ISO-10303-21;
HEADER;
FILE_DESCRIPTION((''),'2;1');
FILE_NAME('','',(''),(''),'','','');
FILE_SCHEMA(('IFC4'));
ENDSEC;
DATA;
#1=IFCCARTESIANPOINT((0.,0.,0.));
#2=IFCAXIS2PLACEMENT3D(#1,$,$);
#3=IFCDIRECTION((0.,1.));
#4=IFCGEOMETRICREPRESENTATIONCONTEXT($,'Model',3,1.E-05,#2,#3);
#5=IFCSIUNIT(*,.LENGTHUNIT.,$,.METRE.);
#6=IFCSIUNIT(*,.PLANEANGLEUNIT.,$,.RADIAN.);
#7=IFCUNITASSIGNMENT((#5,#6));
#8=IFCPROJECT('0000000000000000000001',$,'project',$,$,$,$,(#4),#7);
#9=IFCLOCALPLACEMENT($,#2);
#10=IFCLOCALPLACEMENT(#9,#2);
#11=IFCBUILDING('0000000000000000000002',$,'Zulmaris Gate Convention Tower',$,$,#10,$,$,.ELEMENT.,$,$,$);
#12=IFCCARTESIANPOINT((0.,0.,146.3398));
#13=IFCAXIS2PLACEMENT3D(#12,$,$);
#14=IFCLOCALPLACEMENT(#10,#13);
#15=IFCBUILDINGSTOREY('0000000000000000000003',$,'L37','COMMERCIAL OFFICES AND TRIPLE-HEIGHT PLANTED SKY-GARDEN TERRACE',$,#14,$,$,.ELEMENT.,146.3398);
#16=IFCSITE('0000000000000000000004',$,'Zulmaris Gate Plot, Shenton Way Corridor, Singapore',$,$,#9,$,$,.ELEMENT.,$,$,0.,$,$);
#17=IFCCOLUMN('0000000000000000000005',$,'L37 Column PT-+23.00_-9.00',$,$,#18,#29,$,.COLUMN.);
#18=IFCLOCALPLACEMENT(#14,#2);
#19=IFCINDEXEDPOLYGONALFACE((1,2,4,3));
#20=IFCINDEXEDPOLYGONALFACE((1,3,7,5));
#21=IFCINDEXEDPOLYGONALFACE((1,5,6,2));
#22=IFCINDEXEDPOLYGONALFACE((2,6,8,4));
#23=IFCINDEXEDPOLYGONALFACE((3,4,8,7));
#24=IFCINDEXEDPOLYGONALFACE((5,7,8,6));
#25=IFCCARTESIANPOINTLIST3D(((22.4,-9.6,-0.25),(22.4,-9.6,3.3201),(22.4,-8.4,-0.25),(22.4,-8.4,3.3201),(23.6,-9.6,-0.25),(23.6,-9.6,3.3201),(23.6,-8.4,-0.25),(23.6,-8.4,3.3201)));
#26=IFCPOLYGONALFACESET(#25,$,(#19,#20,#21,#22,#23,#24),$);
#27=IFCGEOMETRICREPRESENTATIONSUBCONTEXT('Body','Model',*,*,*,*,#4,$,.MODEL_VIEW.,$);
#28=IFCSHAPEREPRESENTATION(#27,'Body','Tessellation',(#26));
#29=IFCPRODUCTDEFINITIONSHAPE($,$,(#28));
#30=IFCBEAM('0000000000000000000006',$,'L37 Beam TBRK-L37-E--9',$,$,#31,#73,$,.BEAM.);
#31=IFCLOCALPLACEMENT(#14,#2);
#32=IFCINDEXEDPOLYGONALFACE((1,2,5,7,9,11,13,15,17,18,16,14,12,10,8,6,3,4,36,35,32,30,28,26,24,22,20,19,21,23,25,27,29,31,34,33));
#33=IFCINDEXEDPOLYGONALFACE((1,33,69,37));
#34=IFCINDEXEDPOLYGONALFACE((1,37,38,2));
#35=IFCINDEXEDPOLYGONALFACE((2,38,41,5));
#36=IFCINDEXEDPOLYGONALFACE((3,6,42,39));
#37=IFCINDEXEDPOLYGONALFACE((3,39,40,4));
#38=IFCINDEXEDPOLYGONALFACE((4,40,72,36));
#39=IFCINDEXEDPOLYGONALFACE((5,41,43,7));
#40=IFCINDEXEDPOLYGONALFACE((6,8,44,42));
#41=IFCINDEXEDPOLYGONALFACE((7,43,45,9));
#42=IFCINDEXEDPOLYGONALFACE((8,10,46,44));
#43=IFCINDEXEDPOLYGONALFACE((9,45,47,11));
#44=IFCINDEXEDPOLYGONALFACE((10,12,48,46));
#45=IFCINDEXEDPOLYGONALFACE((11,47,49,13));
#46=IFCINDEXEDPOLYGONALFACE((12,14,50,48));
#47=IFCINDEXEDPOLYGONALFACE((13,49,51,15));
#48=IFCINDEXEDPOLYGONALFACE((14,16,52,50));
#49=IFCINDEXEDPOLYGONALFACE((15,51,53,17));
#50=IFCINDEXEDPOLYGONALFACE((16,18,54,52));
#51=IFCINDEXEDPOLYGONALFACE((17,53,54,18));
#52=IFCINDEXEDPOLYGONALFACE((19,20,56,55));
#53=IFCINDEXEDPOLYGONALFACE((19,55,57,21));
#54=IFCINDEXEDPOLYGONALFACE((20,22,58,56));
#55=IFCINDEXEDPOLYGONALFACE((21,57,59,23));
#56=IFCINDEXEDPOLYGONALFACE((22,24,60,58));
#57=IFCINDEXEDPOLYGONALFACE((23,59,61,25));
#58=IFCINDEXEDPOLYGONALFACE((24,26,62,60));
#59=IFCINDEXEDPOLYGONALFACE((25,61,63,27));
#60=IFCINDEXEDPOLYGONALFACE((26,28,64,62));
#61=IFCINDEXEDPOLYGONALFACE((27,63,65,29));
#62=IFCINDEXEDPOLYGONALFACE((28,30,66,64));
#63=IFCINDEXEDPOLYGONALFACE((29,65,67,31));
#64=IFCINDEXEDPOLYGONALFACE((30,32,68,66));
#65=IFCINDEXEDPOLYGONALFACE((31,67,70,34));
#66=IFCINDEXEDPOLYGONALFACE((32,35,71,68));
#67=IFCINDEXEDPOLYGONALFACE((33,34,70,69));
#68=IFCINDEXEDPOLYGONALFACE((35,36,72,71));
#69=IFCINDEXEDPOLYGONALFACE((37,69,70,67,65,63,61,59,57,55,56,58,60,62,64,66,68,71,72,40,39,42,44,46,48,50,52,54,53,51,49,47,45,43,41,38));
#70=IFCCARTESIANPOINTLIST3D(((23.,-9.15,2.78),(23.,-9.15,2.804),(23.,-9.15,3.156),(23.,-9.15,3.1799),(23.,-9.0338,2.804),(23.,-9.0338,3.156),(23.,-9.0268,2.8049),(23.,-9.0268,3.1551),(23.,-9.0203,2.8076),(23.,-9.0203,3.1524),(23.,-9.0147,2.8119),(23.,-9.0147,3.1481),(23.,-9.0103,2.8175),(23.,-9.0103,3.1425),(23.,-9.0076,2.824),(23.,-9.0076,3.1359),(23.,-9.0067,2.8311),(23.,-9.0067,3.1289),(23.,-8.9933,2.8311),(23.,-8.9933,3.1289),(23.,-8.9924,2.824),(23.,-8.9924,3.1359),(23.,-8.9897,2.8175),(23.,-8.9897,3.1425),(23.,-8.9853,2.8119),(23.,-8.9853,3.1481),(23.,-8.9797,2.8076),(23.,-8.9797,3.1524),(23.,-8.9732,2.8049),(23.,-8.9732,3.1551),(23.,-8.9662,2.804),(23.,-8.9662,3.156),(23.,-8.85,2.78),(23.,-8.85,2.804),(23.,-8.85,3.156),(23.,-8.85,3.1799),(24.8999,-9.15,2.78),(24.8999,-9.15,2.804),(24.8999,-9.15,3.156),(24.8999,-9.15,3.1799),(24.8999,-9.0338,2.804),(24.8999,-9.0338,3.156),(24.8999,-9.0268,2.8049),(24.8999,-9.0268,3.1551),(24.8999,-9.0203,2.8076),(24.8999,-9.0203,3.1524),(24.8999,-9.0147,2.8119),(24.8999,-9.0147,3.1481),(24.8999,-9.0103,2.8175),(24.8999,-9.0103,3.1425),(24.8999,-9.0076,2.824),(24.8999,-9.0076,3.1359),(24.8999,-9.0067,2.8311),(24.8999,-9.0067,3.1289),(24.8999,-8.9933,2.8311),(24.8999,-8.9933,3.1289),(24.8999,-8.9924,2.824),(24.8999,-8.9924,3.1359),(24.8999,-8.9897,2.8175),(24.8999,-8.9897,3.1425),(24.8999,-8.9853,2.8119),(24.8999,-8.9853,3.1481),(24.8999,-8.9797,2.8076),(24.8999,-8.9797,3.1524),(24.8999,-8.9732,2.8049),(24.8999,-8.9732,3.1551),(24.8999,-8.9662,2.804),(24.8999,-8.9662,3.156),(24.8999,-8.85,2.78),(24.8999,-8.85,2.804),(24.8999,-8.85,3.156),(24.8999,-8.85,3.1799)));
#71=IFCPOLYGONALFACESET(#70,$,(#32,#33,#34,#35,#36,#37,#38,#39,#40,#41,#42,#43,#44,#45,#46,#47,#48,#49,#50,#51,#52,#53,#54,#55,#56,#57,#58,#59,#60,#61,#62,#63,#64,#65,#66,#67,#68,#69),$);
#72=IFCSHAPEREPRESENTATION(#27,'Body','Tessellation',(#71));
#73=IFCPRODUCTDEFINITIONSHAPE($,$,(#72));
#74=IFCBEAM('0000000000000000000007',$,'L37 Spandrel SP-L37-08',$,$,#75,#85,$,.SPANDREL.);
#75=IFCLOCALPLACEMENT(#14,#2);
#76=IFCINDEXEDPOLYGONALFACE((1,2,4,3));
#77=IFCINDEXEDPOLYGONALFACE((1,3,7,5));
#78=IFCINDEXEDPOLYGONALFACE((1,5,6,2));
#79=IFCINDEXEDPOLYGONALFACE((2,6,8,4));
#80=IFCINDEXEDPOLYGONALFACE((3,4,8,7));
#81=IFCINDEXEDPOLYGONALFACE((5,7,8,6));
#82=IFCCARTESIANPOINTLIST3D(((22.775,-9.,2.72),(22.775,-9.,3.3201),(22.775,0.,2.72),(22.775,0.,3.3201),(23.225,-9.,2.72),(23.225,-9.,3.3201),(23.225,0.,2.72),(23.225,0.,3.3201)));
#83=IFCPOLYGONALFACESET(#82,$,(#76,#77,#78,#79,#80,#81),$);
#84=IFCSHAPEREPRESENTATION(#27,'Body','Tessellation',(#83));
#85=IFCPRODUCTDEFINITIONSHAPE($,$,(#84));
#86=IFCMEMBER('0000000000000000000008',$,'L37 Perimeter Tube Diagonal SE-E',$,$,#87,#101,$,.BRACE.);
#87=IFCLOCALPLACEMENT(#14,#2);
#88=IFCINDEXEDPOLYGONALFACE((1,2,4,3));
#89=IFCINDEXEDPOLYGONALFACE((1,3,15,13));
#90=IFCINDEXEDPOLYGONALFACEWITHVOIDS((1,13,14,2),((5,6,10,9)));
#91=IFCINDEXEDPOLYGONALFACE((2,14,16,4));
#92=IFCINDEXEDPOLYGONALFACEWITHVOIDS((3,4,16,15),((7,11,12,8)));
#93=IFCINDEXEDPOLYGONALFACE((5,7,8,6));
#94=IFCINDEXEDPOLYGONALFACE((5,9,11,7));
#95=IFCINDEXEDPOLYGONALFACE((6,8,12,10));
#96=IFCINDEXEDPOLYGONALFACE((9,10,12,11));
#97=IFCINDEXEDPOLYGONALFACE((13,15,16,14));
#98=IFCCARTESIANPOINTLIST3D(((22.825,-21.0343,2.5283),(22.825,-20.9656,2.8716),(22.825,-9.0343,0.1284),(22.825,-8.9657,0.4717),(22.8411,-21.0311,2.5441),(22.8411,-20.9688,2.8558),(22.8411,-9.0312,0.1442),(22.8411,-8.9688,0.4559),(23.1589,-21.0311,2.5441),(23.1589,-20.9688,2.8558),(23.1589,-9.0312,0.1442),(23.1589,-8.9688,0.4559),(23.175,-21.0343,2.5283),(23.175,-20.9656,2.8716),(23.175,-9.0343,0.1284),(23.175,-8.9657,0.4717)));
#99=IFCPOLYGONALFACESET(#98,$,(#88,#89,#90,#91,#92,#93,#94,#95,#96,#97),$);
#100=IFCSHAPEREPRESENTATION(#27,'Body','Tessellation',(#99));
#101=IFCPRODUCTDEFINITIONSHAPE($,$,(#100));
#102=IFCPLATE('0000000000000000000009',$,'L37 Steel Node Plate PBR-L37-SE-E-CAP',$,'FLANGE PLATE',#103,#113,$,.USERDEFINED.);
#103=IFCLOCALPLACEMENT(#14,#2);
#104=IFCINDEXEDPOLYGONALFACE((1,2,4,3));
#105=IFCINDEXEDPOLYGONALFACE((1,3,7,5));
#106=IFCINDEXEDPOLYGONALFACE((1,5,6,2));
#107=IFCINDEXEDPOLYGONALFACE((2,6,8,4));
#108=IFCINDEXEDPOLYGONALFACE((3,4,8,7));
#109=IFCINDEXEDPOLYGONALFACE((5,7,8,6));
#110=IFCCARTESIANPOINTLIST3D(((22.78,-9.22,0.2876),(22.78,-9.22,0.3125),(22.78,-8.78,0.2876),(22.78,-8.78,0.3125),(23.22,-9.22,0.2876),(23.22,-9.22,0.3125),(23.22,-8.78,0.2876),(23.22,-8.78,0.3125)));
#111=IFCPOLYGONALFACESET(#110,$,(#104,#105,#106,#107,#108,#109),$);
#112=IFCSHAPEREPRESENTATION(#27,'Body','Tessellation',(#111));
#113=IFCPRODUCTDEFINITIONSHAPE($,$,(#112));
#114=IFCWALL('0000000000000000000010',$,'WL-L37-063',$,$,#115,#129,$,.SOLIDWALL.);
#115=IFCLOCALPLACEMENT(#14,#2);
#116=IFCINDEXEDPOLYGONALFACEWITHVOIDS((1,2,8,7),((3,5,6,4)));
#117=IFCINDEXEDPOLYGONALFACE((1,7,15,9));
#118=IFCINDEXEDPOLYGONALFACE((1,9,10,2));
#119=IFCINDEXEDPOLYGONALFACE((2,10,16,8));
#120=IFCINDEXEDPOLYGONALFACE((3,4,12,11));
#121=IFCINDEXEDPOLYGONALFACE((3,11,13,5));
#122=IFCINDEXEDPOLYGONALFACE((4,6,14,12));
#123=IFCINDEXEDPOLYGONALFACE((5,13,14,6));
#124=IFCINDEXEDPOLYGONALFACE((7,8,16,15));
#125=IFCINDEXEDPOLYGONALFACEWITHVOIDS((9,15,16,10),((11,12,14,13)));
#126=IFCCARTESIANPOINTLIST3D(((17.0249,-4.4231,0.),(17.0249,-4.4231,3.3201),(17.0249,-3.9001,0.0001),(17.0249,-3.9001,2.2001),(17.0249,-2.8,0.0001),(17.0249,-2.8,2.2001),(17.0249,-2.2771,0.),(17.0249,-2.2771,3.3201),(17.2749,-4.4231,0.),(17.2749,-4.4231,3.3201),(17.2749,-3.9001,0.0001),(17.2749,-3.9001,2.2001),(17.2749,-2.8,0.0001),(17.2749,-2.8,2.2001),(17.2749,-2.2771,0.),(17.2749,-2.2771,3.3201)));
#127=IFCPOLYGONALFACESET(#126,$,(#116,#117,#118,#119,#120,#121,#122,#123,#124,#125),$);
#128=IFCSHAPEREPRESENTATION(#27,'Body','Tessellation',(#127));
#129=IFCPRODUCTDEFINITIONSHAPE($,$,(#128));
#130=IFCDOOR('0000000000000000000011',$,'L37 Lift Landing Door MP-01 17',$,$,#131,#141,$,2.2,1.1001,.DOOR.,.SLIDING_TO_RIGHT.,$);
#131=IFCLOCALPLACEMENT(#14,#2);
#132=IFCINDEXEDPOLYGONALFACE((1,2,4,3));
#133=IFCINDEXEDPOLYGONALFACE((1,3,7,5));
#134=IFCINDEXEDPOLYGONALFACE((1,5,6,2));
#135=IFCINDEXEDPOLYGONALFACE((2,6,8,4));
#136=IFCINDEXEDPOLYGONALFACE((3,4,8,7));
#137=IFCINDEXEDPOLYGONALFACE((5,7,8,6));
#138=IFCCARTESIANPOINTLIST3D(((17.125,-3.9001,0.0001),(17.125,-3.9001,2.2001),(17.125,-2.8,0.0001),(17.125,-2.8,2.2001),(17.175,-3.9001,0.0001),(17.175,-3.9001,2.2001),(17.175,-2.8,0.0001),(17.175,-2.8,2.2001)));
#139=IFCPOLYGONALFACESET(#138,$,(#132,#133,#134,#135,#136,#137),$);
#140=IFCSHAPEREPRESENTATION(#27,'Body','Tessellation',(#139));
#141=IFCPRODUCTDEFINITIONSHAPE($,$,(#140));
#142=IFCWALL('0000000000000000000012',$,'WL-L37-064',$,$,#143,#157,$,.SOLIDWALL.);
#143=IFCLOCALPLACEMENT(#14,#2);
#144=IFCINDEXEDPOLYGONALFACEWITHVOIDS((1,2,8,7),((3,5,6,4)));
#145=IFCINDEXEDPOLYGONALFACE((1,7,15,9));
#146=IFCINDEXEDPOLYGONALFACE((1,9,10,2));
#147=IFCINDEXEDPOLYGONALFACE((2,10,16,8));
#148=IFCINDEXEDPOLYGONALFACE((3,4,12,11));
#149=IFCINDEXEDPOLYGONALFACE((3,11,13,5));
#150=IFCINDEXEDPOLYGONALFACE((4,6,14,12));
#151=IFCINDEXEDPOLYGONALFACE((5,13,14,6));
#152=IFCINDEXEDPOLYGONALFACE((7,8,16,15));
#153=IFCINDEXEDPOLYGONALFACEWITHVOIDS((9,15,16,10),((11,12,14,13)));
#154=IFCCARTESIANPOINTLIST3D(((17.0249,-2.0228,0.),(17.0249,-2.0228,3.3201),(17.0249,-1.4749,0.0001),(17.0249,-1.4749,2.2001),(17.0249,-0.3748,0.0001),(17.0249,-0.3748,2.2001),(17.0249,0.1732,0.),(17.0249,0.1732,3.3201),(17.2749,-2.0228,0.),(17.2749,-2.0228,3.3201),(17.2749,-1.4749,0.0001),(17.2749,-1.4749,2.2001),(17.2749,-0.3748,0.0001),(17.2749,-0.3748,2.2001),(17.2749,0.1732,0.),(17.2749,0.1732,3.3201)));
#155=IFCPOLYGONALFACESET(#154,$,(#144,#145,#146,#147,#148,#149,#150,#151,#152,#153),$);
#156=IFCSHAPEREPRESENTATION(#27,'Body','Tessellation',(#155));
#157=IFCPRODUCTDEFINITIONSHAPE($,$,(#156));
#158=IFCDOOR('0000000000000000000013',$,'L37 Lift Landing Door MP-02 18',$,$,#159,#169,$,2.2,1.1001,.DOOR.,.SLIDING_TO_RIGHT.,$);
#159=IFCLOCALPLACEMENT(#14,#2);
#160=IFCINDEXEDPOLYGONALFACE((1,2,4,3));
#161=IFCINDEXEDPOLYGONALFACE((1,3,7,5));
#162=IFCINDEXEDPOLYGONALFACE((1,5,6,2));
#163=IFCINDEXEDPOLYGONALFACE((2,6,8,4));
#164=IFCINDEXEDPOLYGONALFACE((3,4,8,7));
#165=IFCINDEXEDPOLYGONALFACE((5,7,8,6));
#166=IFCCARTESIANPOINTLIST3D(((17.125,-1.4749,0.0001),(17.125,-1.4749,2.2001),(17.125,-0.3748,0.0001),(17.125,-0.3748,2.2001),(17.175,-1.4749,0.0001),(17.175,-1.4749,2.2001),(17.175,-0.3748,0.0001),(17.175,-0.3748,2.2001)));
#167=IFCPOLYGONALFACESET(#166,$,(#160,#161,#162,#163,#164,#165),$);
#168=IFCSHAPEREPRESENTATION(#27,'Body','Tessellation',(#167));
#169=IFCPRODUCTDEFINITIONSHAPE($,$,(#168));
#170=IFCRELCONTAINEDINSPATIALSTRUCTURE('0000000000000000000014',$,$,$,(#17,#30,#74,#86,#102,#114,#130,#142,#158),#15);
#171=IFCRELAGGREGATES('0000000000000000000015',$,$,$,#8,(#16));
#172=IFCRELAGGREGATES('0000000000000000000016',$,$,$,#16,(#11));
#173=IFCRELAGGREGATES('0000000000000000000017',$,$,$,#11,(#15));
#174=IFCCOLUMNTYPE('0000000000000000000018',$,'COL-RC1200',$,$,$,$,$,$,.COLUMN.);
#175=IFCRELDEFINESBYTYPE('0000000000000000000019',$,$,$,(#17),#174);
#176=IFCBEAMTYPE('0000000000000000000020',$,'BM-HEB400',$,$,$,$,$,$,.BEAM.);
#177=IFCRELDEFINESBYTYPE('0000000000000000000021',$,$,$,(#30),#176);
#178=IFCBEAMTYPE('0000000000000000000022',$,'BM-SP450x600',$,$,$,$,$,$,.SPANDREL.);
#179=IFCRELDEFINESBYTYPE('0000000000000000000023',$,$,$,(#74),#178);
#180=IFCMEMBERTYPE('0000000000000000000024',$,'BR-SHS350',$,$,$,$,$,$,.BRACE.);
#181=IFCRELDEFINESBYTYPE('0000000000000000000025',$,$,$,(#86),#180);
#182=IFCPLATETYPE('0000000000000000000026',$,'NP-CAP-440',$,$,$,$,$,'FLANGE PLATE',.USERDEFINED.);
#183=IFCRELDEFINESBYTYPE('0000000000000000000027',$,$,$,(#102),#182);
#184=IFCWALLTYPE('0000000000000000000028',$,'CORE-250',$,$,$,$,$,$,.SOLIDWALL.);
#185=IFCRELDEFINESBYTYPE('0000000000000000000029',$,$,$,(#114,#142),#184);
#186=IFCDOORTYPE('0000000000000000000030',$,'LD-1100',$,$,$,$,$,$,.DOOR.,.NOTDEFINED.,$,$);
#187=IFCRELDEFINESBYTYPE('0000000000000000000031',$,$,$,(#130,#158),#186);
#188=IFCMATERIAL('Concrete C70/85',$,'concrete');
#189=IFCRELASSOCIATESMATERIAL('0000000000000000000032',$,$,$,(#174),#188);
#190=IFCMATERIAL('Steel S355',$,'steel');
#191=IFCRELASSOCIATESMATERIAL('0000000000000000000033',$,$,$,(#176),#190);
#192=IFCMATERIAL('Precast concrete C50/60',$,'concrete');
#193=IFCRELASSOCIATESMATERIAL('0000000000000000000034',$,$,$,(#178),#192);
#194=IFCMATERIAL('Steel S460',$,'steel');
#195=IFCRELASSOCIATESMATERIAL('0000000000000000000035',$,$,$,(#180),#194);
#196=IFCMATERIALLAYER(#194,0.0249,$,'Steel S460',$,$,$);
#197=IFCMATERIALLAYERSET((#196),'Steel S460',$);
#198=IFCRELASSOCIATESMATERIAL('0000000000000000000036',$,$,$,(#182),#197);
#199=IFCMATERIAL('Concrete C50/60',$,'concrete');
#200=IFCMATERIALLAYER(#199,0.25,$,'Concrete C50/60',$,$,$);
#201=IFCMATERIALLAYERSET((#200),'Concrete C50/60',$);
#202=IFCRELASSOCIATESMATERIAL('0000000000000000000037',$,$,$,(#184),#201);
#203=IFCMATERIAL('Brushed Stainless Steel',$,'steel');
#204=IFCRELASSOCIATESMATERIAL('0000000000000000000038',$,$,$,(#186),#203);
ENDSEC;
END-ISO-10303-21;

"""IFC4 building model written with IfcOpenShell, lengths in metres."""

from ifc_helpers import new_model, si_unit, direction, frame, frame_2d, origin, origin_2d, place, context, subcontext, project, spatial, rectangle, hollow_rectangle, i_section, extrude, material, layer, layer_set, material_profile, profile_set, type_object, element, fill, save


model = new_model("IFC4")

# Units and contexts
model_context = context("Model", 3, precision=1e-05, world=origin(), true_north=direction((0.0, 1.0)))
body_context = subcontext(model_context, "Body", "Model", "MODEL_VIEW")
ifc_project = project(units=[si_unit("LENGTHUNIT", "METRE"), si_unit("PLANEANGLEUNIT", "RADIAN")], contexts=[model_context])

# Site, building, storey
site_placement = place(None, origin())
site = spatial("IfcSite", under=ifc_project, at=site_placement, Name="Zulmaris Gate Plot, Shenton Way Corridor, Singapore", CompositionType="ELEMENT", RefElevation=0.0)
building_placement = place(site_placement, origin())
building = spatial("IfcBuilding", under=site, at=building_placement, Name="Zulmaris Gate Convention Tower", CompositionType="ELEMENT")
storey_placement = place(building_placement, frame((0.0, 0.0, 146.3398)))
storey = spatial("IfcBuildingStorey", under=building, at=storey_placement, Name="L37", Description="COMMERCIAL OFFICES AND TRIPLE-HEIGHT PLANTED SKY-GARDEN TERRACE", CompositionType="ELEMENT", Elevation=146.3398)

# Column
ifc_material_1 = material(Name="Concrete C70/85", Category="concrete")
ifc_material_profile_1 = material_profile(ifc_material_1, rectangle(XDim=1.2, YDim=1.2, at=origin_2d()), Name="RC COL 1200x1200")
ifc_profile_set_1 = profile_set([ifc_material_profile_1], Name="Concrete C70/85")
column_type = type_object("IfcColumnType", Name="COL-RC1200", PredefinedType="COLUMN", material=ifc_profile_set_1)
column_placement = place(storey_placement, frame((23.0, -9.0, -0.25), z_axis=(0.0, 0.0, 1.0), x_axis=(1.0, 0.0, 0.0)))
element("IfcColumn", 1, at=column_placement, inside=storey, type_object=column_type, Name="L37 Column PT-+23.00_-9.00", PredefinedType="COLUMN", context=body_context, shape_type="SweptSolid", body=[
    extrude(rectangle(XDim=1.2, YDim=1.2, at=origin_2d()), origin(), (0.0, 0.0, 1.0), 3.5701),
])

# Beams
ifc_material_2 = material(Name="Steel S355", Category="steel")
ifc_material_profile_2 = material_profile(ifc_material_2, i_section(OverallWidth=0.3, OverallDepth=0.3999, WebThickness=0.0134, FlangeThickness=0.0239, FilletRadius=0.0271, at=origin_2d()), Name="HEB 400")
ifc_profile_set_2 = profile_set([ifc_material_profile_2], Name="Steel S355")
beam_type_1 = type_object("IfcBeamType", Name="BM-HEB400", PredefinedType="BEAM", material=ifc_profile_set_2)
beam_1_placement = place(storey_placement, frame((23.0, -9.0, 2.98), z_axis=(1.0, 0.0, 0.0), x_axis=(0.0, 1.0, 0.0)))
element("IfcBeam", 2, at=beam_1_placement, inside=storey, type_object=beam_type_1, Name="L37 Beam TBRK-L37-E--9", PredefinedType="BEAM", context=body_context, shape_type="SweptSolid", body=[
    extrude(i_section(OverallWidth=0.3, OverallDepth=0.3999, WebThickness=0.0134, FlangeThickness=0.0239, FilletRadius=0.0271, at=origin_2d()), origin(), (0.0, 0.0, 1.0), 1.8999),
])
ifc_material_3 = material(Name="Precast concrete C50/60", Category="concrete")
ifc_material_profile_3 = material_profile(ifc_material_3, rectangle(XDim=0.45, YDim=0.6001, at=origin_2d()), Name="RC SPANDREL 450x600")
ifc_profile_set_3 = profile_set([ifc_material_profile_3], Name="Precast concrete C50/60")
beam_type_2 = type_object("IfcBeamType", Name="BM-SP450x600", PredefinedType="SPANDREL", material=ifc_profile_set_3)
beam_2_placement = place(storey_placement, frame((23.0, -9.0, 3.02), z_axis=(0.0, 1.0, 0.0), x_axis=(-1.0, 0.0, 0.0)))
element("IfcBeam", 3, at=beam_2_placement, inside=storey, type_object=beam_type_2, Name="L37 Spandrel SP-L37-08", PredefinedType="SPANDREL", context=body_context, shape_type="SweptSolid", body=[
    extrude(rectangle(XDim=0.45, YDim=0.6001, at=origin_2d()), origin(), (0.0, 0.0, 1.0), 9.0),
])

# Member
ifc_material_4 = material(Name="Steel S460", Category="steel")
ifc_material_profile_4 = material_profile(ifc_material_4, hollow_rectangle(XDim=0.3501, YDim=0.3501, WallThickness=0.0161, at=origin_2d()), Name="SHS 350x350x16")
ifc_profile_set_4 = profile_set([ifc_material_profile_4], Name="Steel S460")
member_type = type_object("IfcMemberType", Name="BR-SHS350", PredefinedType="BRACE", material=ifc_profile_set_4)
member_placement = place(storey_placement, frame((23.0, -9.0, 0.3), z_axis=(0.0, -0.980582, 0.196108), x_axis=(1.0, 0.0, 0.0)))
element("IfcMember", 4, at=member_placement, inside=storey, type_object=member_type, Name="L37 Perimeter Tube Diagonal SE-E", PredefinedType="BRACE", context=body_context, shape_type="SweptSolid", body=[
    extrude(hollow_rectangle(XDim=0.3501, YDim=0.3501, WallThickness=0.0161, at=origin_2d()), origin(), (0.0, 0.0, 1.0), 12.2375),
])

# Plate
ifc_layer_1 = layer(ifc_material_4, 0.0249, Name="Steel S460")
ifc_layer_set_1 = layer_set([ifc_layer_1], Name="Steel S460")
plate_type = type_object("IfcPlateType", Name="NP-CAP-440", ElementType="FLANGE PLATE", PredefinedType="USERDEFINED", material=ifc_layer_set_1)
plate_placement = place(storey_placement, frame((23.0, -9.0, 0.2876), z_axis=(0.0, 0.0, 1.0), x_axis=(1.0, 0.0, 0.0)))
element("IfcPlate", 5, at=plate_placement, inside=storey, type_object=plate_type, Name="L37 Steel Node Plate PBR-L37-SE-E-CAP", ObjectType="FLANGE PLATE", PredefinedType="USERDEFINED", context=body_context, shape_type="SweptSolid", body=[
    extrude(rectangle(XDim=0.4399, YDim=0.4399, at=origin_2d()), origin(), (0.0, 0.0, 1.0), 0.0249),
])

# Walls, openings, doors
ifc_material_5 = material(Name="Concrete C50/60", Category="concrete")
ifc_layer_2 = layer(ifc_material_5, 0.25, Name="Concrete C50/60")
ifc_layer_set_2 = layer_set([ifc_layer_2], Name="Concrete C50/60")
wall_type_1 = type_object("IfcWallType", Name="CORE-250", PredefinedType="SOLIDWALL", material=ifc_layer_set_2)
wall_1_placement = place(storey_placement, frame((17.1499, -4.4231, 0.0), z_axis=(0.0, 0.0, 1.0), x_axis=(0.0, 1.0, 0.0)))
wall_1 = element("IfcWall", 6, at=wall_1_placement, inside=storey, type_object=wall_type_1, Name="WL-L37-063", PredefinedType="SOLIDWALL", context=body_context, shape_type="SweptSolid", body=[
    extrude(rectangle(XDim=2.146, YDim=0.25, at=frame_2d((1.073, 0.0))), origin(), (0.0, 0.0, 1.0), 3.3201),
])
opening_1_placement = place(wall_1_placement, frame((0.5229, 0.0, 0.0)))
opening_1 = element("IfcOpeningElement", 7, at=opening_1_placement, cuts=wall_1, PredefinedType="OPENING", context=body_context, shape_type="SweptSolid", body=[
    extrude(rectangle(XDim=1.1001, YDim=2.2, at=frame_2d((0.55, 1.1001))), frame((0.0, 0.135, 0.0), z_axis=(0.0, -1.0, 0.0), x_axis=(1.0, 0.0, 0.0)), (0.0, 0.0, 1.0), 0.27),
])
ifc_material_6 = material(Name="Brushed Stainless Steel", Category="steel")
door_type = type_object("IfcDoorType", Name="LD-1100", OperationType="NOTDEFINED", PredefinedType="DOOR", material=ifc_material_6)
door_1_placement = place(opening_1_placement, origin())
door_1 = element("IfcDoor", 8, at=door_1_placement, inside=storey, type_object=door_type, Name="L37 Lift Landing Door MP-01 17", OperationType="SLIDING_TO_RIGHT", OverallHeight=2.2, OverallWidth=1.1001, PredefinedType="DOOR", context=body_context, shape_type="SweptSolid", body=[
    extrude(rectangle(XDim=1.1001, YDim=2.2, at=frame_2d((0.55, 1.1001))), frame((0.0, 0.0249, 0.0), z_axis=(0.0, -1.0, 0.0), x_axis=(1.0, 0.0, 0.0)), (0.0, 0.0, 1.0), 0.05),
])
fill(opening_1, door_1)
wall_2_placement = place(storey_placement, frame((17.1499, -2.0229, 0.0), z_axis=(0.0, 0.0, 1.0), x_axis=(0.0, 1.0, 0.0)))
wall_2 = element("IfcWall", 9, at=wall_2_placement, inside=storey, type_object=wall_type_1, Name="WL-L37-064", PredefinedType="SOLIDWALL", context=body_context, shape_type="SweptSolid", body=[
    extrude(rectangle(XDim=2.196, YDim=0.25, at=frame_2d((1.0981, 0.0))), origin(), (0.0, 0.0, 1.0), 3.3201),
])
opening_2_placement = place(wall_2_placement, frame((0.5481, 0.0, 0.0)))
opening_2 = element("IfcOpeningElement", 10, at=opening_2_placement, cuts=wall_2, PredefinedType="OPENING", context=body_context, shape_type="SweptSolid", body=[
    extrude(rectangle(XDim=1.1001, YDim=2.2, at=frame_2d((0.55, 1.1001))), frame((0.0, 0.135, 0.0), z_axis=(0.0, -1.0, 0.0), x_axis=(1.0, 0.0, 0.0)), (0.0, 0.0, 1.0), 0.27),
])
door_2_placement = place(opening_2_placement, origin())
door_2 = element("IfcDoor", 11, at=door_2_placement, inside=storey, type_object=door_type, Name="L37 Lift Landing Door MP-02 18", OperationType="SLIDING_TO_RIGHT", OverallHeight=2.2, OverallWidth=1.1001, PredefinedType="DOOR", context=body_context, shape_type="SweptSolid", body=[
    extrude(rectangle(XDim=1.1001, YDim=2.2, at=frame_2d((0.55, 1.1001))), frame((0.0, 0.0249, 0.0), z_axis=(0.0, -1.0, 0.0), x_axis=(1.0, 0.0, 0.0)), (0.0, 0.0, 1.0), 0.05),
])
fill(opening_2, door_2)

save(model, "model.ifc")
